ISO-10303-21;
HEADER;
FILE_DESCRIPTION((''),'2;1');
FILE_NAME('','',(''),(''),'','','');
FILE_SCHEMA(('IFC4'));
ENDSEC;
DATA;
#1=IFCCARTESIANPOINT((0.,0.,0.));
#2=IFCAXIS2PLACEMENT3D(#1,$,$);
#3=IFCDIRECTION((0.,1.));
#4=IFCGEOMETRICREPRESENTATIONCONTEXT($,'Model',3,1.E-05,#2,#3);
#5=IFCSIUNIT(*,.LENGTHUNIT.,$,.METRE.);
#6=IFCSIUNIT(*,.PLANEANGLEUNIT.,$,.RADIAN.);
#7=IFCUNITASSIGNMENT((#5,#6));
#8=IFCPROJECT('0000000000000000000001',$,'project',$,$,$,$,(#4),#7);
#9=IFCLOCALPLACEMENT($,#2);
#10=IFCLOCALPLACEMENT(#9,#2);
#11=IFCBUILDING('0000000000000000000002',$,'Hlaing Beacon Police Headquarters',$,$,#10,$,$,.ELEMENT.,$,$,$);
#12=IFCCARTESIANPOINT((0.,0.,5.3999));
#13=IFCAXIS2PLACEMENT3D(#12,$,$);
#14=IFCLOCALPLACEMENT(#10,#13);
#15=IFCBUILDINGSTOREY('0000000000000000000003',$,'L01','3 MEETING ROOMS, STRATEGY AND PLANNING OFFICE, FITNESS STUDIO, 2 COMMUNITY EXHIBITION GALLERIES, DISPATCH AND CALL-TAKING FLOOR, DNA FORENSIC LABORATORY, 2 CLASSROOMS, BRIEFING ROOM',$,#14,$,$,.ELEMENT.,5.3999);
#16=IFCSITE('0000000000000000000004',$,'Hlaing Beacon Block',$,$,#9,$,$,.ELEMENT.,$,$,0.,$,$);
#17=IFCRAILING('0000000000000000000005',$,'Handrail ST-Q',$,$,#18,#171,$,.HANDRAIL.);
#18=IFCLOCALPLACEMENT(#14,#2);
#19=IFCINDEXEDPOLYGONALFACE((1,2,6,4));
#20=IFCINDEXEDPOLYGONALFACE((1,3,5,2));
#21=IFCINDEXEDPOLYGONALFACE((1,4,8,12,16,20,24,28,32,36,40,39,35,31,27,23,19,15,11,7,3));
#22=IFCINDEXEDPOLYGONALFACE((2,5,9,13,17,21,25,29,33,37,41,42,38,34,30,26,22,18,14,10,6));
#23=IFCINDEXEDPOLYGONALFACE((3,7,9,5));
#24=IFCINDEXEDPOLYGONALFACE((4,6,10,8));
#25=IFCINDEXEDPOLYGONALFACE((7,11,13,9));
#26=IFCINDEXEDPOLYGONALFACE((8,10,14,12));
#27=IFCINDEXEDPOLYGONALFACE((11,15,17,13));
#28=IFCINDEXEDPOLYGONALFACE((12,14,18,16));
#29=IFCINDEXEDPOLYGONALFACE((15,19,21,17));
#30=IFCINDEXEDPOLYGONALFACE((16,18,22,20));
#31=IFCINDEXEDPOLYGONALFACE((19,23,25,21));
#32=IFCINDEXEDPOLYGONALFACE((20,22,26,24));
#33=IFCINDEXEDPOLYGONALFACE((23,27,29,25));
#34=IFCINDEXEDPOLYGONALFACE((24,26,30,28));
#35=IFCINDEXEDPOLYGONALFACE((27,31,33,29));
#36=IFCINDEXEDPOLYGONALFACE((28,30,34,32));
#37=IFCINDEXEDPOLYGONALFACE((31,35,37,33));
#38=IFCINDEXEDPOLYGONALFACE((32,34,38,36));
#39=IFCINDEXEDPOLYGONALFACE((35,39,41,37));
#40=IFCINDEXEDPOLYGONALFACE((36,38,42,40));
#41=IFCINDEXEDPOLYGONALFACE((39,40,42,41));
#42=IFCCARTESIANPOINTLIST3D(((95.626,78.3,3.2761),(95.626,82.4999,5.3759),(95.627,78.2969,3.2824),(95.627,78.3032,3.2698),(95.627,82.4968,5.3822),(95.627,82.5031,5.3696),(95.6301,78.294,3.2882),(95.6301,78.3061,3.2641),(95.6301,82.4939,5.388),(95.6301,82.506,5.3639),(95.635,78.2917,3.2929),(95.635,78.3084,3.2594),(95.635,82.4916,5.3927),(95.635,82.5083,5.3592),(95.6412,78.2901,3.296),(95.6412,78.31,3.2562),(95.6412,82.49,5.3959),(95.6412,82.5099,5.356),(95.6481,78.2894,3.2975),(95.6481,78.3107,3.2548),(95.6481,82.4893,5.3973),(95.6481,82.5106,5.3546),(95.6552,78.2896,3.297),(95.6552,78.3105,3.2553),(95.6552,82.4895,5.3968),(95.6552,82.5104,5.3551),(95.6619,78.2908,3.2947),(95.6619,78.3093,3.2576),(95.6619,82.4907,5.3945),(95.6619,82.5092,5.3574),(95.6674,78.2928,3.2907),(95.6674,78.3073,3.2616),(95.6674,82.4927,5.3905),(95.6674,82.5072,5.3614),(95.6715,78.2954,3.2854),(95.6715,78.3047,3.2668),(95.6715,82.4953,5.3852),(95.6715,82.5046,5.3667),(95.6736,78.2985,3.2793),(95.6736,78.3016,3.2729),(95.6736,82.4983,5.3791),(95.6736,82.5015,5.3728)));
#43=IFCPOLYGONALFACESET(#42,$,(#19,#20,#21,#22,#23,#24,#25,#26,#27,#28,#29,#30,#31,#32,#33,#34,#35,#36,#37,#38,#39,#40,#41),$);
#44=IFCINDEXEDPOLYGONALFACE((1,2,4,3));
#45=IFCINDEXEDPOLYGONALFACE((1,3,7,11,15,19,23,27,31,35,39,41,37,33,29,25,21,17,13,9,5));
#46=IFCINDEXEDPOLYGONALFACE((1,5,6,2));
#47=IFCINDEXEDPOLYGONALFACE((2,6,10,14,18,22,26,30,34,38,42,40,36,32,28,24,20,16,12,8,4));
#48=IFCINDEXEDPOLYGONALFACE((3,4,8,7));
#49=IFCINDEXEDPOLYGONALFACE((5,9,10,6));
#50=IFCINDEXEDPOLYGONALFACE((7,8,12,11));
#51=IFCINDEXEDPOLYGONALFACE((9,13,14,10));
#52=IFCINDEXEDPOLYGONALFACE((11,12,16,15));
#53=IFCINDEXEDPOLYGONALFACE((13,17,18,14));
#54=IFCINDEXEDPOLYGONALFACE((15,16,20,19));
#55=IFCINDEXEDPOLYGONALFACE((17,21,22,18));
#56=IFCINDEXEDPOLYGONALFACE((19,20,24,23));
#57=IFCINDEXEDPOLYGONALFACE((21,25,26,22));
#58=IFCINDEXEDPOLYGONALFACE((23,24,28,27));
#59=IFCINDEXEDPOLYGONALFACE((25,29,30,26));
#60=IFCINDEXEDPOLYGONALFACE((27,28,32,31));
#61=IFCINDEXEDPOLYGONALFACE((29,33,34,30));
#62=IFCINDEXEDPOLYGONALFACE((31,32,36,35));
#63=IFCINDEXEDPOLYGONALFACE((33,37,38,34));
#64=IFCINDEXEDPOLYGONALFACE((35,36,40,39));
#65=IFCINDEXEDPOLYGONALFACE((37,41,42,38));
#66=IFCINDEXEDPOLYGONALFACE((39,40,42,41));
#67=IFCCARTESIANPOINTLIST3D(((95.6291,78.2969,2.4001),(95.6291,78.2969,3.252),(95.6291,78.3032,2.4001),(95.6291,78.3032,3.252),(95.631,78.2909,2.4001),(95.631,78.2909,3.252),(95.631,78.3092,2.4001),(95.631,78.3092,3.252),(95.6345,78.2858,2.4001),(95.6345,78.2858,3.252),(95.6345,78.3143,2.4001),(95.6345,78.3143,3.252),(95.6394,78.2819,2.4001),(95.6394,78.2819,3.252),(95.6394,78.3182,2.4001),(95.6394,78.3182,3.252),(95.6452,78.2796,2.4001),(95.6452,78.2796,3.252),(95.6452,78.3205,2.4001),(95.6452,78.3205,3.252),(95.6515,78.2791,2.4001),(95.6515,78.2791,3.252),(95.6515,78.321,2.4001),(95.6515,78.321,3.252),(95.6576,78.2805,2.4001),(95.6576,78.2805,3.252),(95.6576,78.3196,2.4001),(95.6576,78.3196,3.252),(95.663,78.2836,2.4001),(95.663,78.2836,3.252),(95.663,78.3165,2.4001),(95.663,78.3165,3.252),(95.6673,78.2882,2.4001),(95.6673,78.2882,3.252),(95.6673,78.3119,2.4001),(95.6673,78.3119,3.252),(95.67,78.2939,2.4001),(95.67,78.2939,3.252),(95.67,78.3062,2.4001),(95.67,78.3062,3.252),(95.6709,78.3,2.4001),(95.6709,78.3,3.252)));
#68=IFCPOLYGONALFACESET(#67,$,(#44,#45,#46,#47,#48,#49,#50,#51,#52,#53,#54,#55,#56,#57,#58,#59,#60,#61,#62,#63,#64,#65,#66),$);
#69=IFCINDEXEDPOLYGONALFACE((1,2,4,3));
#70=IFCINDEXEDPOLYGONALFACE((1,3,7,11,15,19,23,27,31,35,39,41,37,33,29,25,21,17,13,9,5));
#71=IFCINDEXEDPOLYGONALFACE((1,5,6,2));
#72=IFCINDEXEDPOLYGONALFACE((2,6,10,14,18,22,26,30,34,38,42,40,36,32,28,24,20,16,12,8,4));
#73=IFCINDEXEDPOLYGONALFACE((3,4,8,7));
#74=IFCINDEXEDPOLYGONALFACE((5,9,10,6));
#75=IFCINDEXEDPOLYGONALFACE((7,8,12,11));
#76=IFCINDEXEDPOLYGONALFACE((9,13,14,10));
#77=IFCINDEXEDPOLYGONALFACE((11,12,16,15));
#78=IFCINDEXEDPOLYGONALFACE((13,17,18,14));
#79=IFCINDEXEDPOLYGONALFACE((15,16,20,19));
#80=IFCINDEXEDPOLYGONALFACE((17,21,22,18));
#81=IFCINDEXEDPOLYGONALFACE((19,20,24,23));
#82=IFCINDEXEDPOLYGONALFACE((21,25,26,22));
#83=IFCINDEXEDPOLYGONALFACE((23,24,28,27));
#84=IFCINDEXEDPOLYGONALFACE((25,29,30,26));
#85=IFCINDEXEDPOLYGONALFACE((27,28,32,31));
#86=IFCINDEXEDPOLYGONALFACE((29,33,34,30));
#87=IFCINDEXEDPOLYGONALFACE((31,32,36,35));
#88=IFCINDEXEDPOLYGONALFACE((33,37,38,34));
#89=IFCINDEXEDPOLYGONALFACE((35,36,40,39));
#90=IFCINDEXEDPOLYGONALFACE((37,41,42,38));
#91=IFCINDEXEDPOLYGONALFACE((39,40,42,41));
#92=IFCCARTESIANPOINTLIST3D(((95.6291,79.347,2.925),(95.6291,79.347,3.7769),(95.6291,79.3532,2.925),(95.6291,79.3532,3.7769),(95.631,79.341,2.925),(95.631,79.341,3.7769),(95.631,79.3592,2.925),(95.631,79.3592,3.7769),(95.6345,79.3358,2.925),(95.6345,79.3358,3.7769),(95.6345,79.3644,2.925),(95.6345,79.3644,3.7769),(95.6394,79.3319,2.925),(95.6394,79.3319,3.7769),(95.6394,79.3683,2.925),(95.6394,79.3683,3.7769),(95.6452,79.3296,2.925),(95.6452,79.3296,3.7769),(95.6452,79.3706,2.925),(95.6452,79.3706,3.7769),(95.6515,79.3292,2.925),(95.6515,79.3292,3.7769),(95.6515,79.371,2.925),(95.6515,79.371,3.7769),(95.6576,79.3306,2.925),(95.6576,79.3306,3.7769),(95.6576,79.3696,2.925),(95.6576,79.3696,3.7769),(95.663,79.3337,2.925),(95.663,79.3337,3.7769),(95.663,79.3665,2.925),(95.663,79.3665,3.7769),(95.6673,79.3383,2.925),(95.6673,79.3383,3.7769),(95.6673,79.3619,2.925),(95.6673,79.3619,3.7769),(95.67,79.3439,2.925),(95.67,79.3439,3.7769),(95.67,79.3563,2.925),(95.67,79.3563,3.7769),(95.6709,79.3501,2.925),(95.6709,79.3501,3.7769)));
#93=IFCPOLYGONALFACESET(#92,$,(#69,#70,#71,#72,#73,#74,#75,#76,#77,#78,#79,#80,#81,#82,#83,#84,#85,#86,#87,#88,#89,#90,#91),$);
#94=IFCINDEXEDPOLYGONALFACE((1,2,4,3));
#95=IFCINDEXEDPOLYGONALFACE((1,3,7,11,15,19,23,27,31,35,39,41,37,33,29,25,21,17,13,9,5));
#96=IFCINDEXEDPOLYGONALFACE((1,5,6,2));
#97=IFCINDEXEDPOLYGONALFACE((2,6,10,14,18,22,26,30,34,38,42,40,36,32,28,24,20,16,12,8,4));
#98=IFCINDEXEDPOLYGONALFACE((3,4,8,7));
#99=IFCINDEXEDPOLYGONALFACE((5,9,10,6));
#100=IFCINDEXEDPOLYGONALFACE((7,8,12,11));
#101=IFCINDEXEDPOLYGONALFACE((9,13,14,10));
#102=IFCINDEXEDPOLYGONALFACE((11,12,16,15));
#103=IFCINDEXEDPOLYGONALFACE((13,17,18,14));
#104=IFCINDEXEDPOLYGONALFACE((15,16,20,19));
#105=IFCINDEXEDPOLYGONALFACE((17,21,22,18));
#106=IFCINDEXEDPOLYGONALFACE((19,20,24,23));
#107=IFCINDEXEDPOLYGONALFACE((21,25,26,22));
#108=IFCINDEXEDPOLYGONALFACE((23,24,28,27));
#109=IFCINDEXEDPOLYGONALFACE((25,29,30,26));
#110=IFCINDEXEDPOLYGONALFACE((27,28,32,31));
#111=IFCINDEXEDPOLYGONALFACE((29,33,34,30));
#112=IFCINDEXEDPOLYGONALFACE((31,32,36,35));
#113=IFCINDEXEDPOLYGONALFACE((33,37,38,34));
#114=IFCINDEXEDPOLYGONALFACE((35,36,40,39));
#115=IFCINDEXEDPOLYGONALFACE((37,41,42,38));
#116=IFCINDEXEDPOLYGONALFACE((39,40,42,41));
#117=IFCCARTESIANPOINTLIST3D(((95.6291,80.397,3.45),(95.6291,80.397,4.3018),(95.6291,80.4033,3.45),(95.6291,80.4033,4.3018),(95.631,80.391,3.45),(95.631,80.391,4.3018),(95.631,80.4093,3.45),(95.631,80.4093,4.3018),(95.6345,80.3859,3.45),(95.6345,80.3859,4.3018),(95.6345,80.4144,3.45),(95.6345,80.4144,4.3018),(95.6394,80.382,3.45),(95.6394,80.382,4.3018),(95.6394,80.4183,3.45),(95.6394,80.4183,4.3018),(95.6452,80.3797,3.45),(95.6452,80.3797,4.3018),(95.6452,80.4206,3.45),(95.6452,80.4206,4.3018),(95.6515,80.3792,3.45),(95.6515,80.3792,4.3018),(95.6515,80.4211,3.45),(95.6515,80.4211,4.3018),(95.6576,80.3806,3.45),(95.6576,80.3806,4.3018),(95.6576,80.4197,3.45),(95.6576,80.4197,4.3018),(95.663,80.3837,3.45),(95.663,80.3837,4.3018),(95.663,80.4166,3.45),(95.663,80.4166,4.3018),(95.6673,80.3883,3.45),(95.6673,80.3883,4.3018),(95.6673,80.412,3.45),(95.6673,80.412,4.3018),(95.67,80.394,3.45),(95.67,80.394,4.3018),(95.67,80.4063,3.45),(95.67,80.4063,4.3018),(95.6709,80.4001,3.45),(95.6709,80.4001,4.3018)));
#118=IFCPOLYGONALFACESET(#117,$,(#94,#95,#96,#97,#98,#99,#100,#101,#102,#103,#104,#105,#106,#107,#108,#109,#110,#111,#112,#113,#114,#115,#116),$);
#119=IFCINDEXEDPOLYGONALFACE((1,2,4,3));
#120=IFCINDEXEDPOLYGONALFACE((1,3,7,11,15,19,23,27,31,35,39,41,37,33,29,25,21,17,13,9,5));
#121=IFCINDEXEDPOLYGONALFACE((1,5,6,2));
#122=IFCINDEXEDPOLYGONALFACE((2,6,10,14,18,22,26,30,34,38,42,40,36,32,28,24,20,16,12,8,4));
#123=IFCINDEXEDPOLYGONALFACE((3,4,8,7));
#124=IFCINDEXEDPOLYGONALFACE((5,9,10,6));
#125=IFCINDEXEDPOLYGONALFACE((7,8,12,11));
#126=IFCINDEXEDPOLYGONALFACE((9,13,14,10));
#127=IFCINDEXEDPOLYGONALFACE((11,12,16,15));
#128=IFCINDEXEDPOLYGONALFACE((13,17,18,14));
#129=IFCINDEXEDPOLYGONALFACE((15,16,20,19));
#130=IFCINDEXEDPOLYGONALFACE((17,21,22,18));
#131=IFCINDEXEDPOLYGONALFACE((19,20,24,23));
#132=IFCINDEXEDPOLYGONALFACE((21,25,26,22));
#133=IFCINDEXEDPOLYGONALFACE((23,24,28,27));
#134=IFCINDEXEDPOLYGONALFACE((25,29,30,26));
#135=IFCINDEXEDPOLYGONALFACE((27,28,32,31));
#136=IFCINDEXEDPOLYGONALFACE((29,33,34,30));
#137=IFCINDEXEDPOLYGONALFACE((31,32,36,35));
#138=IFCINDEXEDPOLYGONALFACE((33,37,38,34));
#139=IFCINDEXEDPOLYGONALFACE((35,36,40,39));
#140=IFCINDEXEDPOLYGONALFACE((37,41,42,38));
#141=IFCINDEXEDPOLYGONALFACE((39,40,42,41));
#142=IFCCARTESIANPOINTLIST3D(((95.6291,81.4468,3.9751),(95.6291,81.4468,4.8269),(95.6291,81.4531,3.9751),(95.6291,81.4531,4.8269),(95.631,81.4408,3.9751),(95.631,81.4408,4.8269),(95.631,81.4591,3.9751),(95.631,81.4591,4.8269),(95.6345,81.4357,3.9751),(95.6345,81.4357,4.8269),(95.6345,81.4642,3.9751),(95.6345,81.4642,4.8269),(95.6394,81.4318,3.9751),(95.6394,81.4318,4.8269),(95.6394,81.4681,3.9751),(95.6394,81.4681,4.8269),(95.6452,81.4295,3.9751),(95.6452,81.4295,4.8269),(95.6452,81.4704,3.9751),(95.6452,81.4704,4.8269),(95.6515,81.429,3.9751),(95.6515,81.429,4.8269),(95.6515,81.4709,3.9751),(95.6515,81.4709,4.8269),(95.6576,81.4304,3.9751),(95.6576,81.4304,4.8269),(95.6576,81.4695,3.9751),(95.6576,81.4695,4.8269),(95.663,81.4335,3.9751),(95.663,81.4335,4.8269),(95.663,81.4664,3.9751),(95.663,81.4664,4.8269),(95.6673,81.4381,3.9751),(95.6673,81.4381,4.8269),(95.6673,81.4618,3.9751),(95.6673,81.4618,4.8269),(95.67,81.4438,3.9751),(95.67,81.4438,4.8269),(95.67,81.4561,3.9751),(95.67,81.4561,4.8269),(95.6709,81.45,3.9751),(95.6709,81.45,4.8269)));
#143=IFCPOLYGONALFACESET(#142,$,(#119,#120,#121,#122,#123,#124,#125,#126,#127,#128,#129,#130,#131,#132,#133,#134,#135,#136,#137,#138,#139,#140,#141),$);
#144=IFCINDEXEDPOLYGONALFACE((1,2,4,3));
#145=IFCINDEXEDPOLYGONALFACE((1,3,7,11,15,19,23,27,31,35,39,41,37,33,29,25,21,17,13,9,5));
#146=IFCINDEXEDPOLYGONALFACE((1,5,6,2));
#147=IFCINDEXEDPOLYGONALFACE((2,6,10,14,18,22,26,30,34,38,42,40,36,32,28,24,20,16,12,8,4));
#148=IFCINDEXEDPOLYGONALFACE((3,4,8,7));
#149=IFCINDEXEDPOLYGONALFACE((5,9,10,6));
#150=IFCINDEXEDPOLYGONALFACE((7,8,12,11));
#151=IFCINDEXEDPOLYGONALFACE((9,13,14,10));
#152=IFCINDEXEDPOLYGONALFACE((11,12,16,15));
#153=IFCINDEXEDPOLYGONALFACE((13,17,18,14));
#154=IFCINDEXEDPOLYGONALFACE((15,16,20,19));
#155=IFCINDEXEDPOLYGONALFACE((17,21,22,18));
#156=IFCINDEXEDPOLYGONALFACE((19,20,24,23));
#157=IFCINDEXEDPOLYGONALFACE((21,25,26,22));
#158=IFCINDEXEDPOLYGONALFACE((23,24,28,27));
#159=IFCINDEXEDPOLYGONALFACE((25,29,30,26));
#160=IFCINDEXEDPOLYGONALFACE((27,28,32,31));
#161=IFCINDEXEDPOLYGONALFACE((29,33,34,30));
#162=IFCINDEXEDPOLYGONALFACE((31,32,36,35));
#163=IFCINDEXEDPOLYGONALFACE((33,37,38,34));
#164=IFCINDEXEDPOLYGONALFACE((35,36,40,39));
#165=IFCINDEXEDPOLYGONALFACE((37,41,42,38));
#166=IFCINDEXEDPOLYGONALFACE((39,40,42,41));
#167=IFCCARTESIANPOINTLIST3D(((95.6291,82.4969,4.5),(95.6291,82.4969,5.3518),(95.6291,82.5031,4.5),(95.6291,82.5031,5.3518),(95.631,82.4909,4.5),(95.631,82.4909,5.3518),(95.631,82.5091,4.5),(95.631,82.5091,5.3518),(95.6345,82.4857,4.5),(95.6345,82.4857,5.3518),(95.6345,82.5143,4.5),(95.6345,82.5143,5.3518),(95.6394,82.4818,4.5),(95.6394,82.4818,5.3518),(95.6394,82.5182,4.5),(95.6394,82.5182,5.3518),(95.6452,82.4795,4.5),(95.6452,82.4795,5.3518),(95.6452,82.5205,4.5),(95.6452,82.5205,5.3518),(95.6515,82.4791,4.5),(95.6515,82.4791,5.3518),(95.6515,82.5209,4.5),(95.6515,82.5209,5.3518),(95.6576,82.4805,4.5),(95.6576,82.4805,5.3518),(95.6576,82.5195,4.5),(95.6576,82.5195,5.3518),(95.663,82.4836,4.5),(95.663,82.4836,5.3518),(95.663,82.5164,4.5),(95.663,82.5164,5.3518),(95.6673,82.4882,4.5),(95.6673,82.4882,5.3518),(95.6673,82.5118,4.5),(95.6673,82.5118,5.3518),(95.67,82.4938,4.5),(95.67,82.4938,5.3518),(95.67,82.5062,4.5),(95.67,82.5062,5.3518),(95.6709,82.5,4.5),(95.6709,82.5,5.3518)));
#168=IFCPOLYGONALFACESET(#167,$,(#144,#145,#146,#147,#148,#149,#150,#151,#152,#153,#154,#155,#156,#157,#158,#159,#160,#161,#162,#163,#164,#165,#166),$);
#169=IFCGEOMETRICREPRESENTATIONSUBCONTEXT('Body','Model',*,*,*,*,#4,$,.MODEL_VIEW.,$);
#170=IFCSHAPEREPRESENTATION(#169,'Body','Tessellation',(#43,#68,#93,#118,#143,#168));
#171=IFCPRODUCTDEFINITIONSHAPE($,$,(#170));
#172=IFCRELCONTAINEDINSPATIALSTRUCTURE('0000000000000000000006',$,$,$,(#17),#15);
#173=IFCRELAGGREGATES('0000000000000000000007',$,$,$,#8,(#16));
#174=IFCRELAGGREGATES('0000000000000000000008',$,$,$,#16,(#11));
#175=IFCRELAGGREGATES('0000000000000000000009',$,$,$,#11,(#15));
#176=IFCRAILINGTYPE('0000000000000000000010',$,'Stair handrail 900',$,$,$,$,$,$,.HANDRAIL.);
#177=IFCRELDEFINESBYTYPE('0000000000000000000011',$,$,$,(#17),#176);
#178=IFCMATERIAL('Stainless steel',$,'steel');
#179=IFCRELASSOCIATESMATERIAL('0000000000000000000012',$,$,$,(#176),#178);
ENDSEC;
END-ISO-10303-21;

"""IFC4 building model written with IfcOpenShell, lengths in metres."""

from ifc_helpers import new_model, si_unit, direction, frame, origin, origin_2d, place, context, subcontext, project, spatial, circle, extrude, material, type_object, element, save


model = new_model("IFC4")

# Units and contexts
model_context = context("Model", 3, precision=1e-05, world=origin(), true_north=direction((0.0, 1.0)))
body_context = subcontext(model_context, "Body", "Model", "MODEL_VIEW")
ifc_project = project(units=[si_unit("LENGTHUNIT", "METRE"), si_unit("PLANEANGLEUNIT", "RADIAN")], contexts=[model_context])

# Site, building, storey
site_placement = place(None, origin())
site = spatial("IfcSite", under=ifc_project, at=site_placement, Name="Hlaing Beacon Block", CompositionType="ELEMENT", RefElevation=0.0)
building_placement = place(site_placement, origin())
building = spatial("IfcBuilding", under=site, at=building_placement, Name="Hlaing Beacon Police Headquarters", CompositionType="ELEMENT")
storey_placement = place(building_placement, frame((0.0, 0.0, 5.3999)))
storey = spatial("IfcBuildingStorey", under=building, at=storey_placement, Name="L01", Description="3 MEETING ROOMS, STRATEGY AND PLANNING OFFICE, FITNESS STUDIO, 2 COMMUNITY EXHIBITION GALLERIES, DISPATCH AND CALL-TAKING FLOOR, DNA FORENSIC LABORATORY, 2 CLASSROOMS, BRIEFING ROOM", CompositionType="ELEMENT", Elevation=5.3999)

# Railing
ifc_material_1 = material(Name="Stainless steel", Category="steel")
railing_type = type_object("IfcRailingType", Name="Stair handrail 900", PredefinedType="HANDRAIL", material=ifc_material_1)
for number, where, name in (
    (1, (95.6499, 78.3, 2.4001), "Handrail ST-Q"),
):
    element("IfcRailing", number, at=place(storey_placement, frame(where)), inside=storey, type_object=railing_type, Name=name, PredefinedType="HANDRAIL", context=body_context, shape_type="SweptSolid", body=[
        extrude(circle(Radius=0.0239, at=origin_2d()), frame((0.0, 0.0, 0.876), z_axis=(0.0, 0.894438, 0.447193), x_axis=(-1.0, 0.0, 0.0)), (0.0, 0.0, 1.0), 4.6956),
        extrude(circle(Radius=0.021, at=origin_2d()), origin(), (0.0, 0.0, 1.0), 0.8518),
        extrude(circle(Radius=0.021, at=origin_2d()), frame((0.0, 1.05, 0.5249)), (0.0, 0.0, 1.0), 0.8518),
        extrude(circle(Radius=0.021, at=origin_2d()), frame((0.0, 2.1001, 1.0498)), (0.0, 0.0, 1.0), 0.8518),
        extrude(circle(Radius=0.021, at=origin_2d()), frame((0.0, 3.1499, 1.575)), (0.0, 0.0, 1.0), 0.8518),
        extrude(circle(Radius=0.021, at=origin_2d()), frame((0.0, 4.2, 2.0999)), (0.0, 0.0, 1.0), 0.8518),
    ])

save(model, "model.ifc")
